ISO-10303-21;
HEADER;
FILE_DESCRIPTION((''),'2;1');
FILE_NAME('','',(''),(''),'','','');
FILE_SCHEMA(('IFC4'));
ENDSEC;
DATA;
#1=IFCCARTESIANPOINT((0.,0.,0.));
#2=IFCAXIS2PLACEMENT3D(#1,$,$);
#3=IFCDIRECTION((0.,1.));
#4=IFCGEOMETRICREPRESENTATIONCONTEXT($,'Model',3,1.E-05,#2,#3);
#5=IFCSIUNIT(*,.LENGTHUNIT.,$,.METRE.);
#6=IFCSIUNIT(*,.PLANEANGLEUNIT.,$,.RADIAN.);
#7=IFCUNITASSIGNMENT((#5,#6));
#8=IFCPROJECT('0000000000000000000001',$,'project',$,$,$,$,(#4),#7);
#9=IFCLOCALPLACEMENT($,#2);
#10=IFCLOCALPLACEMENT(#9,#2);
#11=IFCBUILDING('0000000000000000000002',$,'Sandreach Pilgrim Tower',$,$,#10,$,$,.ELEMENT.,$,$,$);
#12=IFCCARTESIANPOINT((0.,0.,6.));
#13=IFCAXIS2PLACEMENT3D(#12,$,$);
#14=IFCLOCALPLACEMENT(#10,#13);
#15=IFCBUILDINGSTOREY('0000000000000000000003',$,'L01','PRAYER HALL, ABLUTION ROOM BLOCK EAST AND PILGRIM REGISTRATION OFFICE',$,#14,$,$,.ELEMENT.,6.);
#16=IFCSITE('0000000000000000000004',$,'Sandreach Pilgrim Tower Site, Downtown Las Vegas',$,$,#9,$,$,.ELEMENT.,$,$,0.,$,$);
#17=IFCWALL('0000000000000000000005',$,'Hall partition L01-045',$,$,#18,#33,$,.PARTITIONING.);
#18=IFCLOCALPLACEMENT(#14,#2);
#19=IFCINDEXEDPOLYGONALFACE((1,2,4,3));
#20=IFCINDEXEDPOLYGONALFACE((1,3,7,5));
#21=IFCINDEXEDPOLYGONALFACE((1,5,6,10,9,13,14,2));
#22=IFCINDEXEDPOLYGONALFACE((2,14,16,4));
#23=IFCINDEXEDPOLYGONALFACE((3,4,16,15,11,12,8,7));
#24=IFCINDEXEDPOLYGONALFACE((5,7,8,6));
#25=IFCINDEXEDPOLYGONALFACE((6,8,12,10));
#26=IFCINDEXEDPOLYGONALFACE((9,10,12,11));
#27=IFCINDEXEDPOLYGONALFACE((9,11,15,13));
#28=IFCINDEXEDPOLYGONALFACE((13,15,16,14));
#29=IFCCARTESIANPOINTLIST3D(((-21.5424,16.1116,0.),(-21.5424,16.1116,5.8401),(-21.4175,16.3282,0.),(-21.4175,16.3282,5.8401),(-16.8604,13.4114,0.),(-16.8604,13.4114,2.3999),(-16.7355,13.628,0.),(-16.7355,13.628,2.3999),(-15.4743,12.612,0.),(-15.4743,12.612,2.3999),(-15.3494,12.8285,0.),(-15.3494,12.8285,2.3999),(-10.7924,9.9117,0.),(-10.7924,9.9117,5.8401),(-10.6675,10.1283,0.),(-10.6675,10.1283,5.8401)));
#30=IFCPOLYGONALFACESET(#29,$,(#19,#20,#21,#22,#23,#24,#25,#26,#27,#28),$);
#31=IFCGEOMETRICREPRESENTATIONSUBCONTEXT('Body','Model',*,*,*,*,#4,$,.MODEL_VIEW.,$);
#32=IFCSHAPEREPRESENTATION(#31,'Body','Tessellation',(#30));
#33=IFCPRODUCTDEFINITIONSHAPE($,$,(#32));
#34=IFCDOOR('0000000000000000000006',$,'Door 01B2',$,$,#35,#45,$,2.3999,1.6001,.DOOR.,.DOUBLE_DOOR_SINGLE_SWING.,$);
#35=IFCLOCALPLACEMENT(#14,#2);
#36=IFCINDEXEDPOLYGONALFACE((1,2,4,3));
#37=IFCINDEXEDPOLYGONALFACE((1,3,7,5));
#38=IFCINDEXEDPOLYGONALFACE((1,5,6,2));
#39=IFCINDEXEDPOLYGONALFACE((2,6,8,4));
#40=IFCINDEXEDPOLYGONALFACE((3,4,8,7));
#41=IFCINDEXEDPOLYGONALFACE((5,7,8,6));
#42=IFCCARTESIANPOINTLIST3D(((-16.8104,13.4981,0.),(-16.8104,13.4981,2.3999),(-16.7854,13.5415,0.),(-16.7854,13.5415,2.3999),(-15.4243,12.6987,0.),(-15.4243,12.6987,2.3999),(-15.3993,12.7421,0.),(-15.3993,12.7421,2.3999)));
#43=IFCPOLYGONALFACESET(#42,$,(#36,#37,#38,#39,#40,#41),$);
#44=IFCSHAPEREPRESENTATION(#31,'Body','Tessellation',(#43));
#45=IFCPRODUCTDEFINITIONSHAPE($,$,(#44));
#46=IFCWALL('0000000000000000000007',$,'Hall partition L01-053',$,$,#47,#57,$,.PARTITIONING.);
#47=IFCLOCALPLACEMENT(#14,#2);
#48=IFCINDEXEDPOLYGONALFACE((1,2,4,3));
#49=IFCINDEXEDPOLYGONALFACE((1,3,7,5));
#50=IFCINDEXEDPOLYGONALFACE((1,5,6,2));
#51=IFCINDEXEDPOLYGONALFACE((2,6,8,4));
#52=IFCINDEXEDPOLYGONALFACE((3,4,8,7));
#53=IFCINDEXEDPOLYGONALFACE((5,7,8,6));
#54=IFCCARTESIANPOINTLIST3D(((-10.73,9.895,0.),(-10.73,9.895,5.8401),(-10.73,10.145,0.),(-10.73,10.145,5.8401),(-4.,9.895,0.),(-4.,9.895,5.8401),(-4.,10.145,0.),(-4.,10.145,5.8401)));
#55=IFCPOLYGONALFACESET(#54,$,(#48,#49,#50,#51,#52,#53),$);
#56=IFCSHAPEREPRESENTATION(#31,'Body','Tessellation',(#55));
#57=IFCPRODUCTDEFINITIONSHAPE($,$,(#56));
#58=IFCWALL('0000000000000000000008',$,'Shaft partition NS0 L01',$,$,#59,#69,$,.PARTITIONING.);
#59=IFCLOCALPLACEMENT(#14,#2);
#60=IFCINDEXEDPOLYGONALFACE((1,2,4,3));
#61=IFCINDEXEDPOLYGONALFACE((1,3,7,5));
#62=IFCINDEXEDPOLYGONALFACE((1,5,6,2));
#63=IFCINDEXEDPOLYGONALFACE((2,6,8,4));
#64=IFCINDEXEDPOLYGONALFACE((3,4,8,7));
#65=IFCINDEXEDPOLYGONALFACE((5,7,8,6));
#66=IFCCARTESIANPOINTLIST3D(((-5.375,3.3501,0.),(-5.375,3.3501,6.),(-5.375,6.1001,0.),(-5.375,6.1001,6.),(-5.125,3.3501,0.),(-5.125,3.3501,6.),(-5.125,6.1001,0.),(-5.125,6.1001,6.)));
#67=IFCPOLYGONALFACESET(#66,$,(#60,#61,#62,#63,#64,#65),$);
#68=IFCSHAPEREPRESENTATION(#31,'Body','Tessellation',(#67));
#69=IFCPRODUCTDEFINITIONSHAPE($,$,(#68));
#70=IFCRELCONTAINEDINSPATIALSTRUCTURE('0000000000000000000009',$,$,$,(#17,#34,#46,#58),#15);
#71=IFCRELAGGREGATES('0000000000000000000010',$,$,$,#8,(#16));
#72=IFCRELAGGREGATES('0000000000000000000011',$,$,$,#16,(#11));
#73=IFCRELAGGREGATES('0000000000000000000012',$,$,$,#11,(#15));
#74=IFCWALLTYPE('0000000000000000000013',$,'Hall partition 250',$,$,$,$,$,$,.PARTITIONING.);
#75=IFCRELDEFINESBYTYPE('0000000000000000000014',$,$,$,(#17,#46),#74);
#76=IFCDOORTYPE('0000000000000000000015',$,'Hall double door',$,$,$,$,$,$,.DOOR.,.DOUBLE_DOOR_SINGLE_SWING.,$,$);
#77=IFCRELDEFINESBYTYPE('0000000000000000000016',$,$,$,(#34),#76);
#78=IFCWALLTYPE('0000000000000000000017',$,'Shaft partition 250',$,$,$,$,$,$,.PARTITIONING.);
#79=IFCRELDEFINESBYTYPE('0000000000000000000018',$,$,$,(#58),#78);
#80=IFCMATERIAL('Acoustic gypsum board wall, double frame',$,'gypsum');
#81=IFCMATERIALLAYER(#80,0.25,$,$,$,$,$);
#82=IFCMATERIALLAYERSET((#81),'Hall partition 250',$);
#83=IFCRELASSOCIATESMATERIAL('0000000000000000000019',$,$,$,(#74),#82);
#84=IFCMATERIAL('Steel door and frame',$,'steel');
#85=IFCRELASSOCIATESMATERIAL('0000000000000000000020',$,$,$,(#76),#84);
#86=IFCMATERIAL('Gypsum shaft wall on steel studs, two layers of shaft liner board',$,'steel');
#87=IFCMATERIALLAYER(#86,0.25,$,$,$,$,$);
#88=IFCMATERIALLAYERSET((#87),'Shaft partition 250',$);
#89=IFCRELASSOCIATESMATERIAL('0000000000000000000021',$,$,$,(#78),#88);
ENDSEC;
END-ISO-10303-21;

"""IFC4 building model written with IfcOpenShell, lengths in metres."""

from ifc_helpers import new_model, si_unit, direction, frame, frame_2d, origin, place, context, subcontext, project, spatial, rectangle, extrude, material, layer, layer_set, type_object, element, fill, save


model = new_model("IFC4")

# Units and contexts
model_context = context("Model", 3, precision=1e-05, world=origin(), true_north=direction((0.0, 1.0)))
body_context = subcontext(model_context, "Body", "Model", "MODEL_VIEW")
ifc_project = project(units=[si_unit("LENGTHUNIT", "METRE"), si_unit("PLANEANGLEUNIT", "RADIAN")], contexts=[model_context])

# Site, building, storey
site_placement = place(None, origin())
site = spatial("IfcSite", under=ifc_project, at=site_placement, Name="Sandreach Pilgrim Tower Site, Downtown Las Vegas", CompositionType="ELEMENT", RefElevation=0.0)
building_placement = place(site_placement, origin())
building = spatial("IfcBuilding", under=site, at=building_placement, Name="Sandreach Pilgrim Tower", CompositionType="ELEMENT")
storey_placement = place(building_placement, frame((0.0, 0.0, 6.0)))
storey = spatial("IfcBuildingStorey", under=building, at=storey_placement, Name="L01", Description="PRAYER HALL, ABLUTION ROOM BLOCK EAST AND PILGRIM REGISTRATION OFFICE", CompositionType="ELEMENT", Elevation=6.0)

# Shared definitions
ifc_material_1 = material(Name="Acoustic gypsum board wall, double frame", Category="gypsum")
ifc_layer_1 = layer(ifc_material_1, 0.25)
ifc_layer_set_1 = layer_set([ifc_layer_1], Name="Hall partition 250")
wall_type_1 = type_object("IfcWallType", Name="Hall partition 250", PredefinedType="PARTITIONING", material=ifc_layer_set_1)

# Wall, opening, door
wall_1_placement = place(storey_placement, frame((-10.73, 10.02, 0.0), z_axis=(0.0, 0.0, 1.0), x_axis=(-0.866254, 0.499603, 0.0)))
wall_1 = element("IfcWall", 1, at=wall_1_placement, inside=storey, type_object=wall_type_1, Name="Hall partition L01-045", PredefinedType="PARTITIONING", context=body_context, shape_type="SweptSolid", body=[
    extrude(rectangle(XDim=12.4097, YDim=0.25, at=frame_2d((6.2048, 0.0))), origin(), (0.0, 0.0, 1.0), 5.8401),
])
opening_1_placement = place(wall_1_placement, frame((5.4048, 0.0, 0.0)))
opening_1 = element("IfcOpeningElement", 2, at=opening_1_placement, cuts=wall_1, PredefinedType="OPENING", context=body_context, shape_type="SweptSolid", body=[
    extrude(rectangle(XDim=1.6001, YDim=2.3999, at=frame_2d((0.8, 1.2))), frame((0.0, 0.125, 0.0), z_axis=(0.0, -1.0, 0.0), x_axis=(1.0, 0.0, 0.0)), (0.0, 0.0, 1.0), 0.25),
])
ifc_material_2 = material(Name="Steel door and frame", Category="steel")
door_type_1 = type_object("IfcDoorType", Name="Hall double door", OperationType="DOUBLE_DOOR_SINGLE_SWING", PredefinedType="DOOR", material=ifc_material_2)
door_1_placement = place(opening_1_placement, origin())
door_1 = element("IfcDoor", 3, at=door_1_placement, inside=storey, type_object=door_type_1, Name="Door 01B2", OperationType="DOUBLE_DOOR_SINGLE_SWING", OverallHeight=2.3999, OverallWidth=1.6001, PredefinedType="DOOR", context=body_context, shape_type="SweptSolid", body=[
    extrude(rectangle(XDim=1.6001, YDim=2.3999, at=frame_2d((0.8, 1.2))), frame((0.0, 0.0249, 0.0), z_axis=(0.0, -1.0, 0.0), x_axis=(1.0, 0.0, 0.0)), (0.0, 0.0, 1.0), 0.05),
])
fill(opening_1, door_1)

# Walls
wall_2_placement = place(storey_placement, frame((-4.0, 10.02, 0.0), z_axis=(0.0, 0.0, 1.0), x_axis=(-1.0, 0.0, 0.0)))
element("IfcWall", 4, at=wall_2_placement, inside=storey, type_object=wall_type_1, Name="Hall partition L01-053", PredefinedType="PARTITIONING", context=body_context, shape_type="SweptSolid", body=[
    extrude(rectangle(XDim=6.73, YDim=0.25, at=frame_2d((3.365, 0.0))), origin(), (0.0, 0.0, 1.0), 5.8401),
])
ifc_material_3 = material(Name="Gypsum shaft wall on steel studs, two layers of shaft liner board", Category="steel")
ifc_layer_2 = layer(ifc_material_3, 0.25)
ifc_layer_set_2 = layer_set([ifc_layer_2], Name="Shaft partition 250")
wall_type_2 = type_object("IfcWallType", Name="Shaft partition 250", PredefinedType="PARTITIONING", material=ifc_layer_set_2)
wall_3_placement = place(storey_placement, frame((-5.25, 3.3501, 0.0), z_axis=(0.0, 0.0, 1.0), x_axis=(0.0, 1.0, 0.0)))
element("IfcWall", 5, at=wall_3_placement, inside=storey, type_object=wall_type_2, Name="Shaft partition NS0 L01", PredefinedType="PARTITIONING", context=body_context, shape_type="SweptSolid", body=[
    extrude(rectangle(XDim=2.75, YDim=0.25, at=frame_2d((1.375, 0.0))), origin(), (0.0, 0.0, 1.0), 6.0),
])

save(model, "model.ifc")
